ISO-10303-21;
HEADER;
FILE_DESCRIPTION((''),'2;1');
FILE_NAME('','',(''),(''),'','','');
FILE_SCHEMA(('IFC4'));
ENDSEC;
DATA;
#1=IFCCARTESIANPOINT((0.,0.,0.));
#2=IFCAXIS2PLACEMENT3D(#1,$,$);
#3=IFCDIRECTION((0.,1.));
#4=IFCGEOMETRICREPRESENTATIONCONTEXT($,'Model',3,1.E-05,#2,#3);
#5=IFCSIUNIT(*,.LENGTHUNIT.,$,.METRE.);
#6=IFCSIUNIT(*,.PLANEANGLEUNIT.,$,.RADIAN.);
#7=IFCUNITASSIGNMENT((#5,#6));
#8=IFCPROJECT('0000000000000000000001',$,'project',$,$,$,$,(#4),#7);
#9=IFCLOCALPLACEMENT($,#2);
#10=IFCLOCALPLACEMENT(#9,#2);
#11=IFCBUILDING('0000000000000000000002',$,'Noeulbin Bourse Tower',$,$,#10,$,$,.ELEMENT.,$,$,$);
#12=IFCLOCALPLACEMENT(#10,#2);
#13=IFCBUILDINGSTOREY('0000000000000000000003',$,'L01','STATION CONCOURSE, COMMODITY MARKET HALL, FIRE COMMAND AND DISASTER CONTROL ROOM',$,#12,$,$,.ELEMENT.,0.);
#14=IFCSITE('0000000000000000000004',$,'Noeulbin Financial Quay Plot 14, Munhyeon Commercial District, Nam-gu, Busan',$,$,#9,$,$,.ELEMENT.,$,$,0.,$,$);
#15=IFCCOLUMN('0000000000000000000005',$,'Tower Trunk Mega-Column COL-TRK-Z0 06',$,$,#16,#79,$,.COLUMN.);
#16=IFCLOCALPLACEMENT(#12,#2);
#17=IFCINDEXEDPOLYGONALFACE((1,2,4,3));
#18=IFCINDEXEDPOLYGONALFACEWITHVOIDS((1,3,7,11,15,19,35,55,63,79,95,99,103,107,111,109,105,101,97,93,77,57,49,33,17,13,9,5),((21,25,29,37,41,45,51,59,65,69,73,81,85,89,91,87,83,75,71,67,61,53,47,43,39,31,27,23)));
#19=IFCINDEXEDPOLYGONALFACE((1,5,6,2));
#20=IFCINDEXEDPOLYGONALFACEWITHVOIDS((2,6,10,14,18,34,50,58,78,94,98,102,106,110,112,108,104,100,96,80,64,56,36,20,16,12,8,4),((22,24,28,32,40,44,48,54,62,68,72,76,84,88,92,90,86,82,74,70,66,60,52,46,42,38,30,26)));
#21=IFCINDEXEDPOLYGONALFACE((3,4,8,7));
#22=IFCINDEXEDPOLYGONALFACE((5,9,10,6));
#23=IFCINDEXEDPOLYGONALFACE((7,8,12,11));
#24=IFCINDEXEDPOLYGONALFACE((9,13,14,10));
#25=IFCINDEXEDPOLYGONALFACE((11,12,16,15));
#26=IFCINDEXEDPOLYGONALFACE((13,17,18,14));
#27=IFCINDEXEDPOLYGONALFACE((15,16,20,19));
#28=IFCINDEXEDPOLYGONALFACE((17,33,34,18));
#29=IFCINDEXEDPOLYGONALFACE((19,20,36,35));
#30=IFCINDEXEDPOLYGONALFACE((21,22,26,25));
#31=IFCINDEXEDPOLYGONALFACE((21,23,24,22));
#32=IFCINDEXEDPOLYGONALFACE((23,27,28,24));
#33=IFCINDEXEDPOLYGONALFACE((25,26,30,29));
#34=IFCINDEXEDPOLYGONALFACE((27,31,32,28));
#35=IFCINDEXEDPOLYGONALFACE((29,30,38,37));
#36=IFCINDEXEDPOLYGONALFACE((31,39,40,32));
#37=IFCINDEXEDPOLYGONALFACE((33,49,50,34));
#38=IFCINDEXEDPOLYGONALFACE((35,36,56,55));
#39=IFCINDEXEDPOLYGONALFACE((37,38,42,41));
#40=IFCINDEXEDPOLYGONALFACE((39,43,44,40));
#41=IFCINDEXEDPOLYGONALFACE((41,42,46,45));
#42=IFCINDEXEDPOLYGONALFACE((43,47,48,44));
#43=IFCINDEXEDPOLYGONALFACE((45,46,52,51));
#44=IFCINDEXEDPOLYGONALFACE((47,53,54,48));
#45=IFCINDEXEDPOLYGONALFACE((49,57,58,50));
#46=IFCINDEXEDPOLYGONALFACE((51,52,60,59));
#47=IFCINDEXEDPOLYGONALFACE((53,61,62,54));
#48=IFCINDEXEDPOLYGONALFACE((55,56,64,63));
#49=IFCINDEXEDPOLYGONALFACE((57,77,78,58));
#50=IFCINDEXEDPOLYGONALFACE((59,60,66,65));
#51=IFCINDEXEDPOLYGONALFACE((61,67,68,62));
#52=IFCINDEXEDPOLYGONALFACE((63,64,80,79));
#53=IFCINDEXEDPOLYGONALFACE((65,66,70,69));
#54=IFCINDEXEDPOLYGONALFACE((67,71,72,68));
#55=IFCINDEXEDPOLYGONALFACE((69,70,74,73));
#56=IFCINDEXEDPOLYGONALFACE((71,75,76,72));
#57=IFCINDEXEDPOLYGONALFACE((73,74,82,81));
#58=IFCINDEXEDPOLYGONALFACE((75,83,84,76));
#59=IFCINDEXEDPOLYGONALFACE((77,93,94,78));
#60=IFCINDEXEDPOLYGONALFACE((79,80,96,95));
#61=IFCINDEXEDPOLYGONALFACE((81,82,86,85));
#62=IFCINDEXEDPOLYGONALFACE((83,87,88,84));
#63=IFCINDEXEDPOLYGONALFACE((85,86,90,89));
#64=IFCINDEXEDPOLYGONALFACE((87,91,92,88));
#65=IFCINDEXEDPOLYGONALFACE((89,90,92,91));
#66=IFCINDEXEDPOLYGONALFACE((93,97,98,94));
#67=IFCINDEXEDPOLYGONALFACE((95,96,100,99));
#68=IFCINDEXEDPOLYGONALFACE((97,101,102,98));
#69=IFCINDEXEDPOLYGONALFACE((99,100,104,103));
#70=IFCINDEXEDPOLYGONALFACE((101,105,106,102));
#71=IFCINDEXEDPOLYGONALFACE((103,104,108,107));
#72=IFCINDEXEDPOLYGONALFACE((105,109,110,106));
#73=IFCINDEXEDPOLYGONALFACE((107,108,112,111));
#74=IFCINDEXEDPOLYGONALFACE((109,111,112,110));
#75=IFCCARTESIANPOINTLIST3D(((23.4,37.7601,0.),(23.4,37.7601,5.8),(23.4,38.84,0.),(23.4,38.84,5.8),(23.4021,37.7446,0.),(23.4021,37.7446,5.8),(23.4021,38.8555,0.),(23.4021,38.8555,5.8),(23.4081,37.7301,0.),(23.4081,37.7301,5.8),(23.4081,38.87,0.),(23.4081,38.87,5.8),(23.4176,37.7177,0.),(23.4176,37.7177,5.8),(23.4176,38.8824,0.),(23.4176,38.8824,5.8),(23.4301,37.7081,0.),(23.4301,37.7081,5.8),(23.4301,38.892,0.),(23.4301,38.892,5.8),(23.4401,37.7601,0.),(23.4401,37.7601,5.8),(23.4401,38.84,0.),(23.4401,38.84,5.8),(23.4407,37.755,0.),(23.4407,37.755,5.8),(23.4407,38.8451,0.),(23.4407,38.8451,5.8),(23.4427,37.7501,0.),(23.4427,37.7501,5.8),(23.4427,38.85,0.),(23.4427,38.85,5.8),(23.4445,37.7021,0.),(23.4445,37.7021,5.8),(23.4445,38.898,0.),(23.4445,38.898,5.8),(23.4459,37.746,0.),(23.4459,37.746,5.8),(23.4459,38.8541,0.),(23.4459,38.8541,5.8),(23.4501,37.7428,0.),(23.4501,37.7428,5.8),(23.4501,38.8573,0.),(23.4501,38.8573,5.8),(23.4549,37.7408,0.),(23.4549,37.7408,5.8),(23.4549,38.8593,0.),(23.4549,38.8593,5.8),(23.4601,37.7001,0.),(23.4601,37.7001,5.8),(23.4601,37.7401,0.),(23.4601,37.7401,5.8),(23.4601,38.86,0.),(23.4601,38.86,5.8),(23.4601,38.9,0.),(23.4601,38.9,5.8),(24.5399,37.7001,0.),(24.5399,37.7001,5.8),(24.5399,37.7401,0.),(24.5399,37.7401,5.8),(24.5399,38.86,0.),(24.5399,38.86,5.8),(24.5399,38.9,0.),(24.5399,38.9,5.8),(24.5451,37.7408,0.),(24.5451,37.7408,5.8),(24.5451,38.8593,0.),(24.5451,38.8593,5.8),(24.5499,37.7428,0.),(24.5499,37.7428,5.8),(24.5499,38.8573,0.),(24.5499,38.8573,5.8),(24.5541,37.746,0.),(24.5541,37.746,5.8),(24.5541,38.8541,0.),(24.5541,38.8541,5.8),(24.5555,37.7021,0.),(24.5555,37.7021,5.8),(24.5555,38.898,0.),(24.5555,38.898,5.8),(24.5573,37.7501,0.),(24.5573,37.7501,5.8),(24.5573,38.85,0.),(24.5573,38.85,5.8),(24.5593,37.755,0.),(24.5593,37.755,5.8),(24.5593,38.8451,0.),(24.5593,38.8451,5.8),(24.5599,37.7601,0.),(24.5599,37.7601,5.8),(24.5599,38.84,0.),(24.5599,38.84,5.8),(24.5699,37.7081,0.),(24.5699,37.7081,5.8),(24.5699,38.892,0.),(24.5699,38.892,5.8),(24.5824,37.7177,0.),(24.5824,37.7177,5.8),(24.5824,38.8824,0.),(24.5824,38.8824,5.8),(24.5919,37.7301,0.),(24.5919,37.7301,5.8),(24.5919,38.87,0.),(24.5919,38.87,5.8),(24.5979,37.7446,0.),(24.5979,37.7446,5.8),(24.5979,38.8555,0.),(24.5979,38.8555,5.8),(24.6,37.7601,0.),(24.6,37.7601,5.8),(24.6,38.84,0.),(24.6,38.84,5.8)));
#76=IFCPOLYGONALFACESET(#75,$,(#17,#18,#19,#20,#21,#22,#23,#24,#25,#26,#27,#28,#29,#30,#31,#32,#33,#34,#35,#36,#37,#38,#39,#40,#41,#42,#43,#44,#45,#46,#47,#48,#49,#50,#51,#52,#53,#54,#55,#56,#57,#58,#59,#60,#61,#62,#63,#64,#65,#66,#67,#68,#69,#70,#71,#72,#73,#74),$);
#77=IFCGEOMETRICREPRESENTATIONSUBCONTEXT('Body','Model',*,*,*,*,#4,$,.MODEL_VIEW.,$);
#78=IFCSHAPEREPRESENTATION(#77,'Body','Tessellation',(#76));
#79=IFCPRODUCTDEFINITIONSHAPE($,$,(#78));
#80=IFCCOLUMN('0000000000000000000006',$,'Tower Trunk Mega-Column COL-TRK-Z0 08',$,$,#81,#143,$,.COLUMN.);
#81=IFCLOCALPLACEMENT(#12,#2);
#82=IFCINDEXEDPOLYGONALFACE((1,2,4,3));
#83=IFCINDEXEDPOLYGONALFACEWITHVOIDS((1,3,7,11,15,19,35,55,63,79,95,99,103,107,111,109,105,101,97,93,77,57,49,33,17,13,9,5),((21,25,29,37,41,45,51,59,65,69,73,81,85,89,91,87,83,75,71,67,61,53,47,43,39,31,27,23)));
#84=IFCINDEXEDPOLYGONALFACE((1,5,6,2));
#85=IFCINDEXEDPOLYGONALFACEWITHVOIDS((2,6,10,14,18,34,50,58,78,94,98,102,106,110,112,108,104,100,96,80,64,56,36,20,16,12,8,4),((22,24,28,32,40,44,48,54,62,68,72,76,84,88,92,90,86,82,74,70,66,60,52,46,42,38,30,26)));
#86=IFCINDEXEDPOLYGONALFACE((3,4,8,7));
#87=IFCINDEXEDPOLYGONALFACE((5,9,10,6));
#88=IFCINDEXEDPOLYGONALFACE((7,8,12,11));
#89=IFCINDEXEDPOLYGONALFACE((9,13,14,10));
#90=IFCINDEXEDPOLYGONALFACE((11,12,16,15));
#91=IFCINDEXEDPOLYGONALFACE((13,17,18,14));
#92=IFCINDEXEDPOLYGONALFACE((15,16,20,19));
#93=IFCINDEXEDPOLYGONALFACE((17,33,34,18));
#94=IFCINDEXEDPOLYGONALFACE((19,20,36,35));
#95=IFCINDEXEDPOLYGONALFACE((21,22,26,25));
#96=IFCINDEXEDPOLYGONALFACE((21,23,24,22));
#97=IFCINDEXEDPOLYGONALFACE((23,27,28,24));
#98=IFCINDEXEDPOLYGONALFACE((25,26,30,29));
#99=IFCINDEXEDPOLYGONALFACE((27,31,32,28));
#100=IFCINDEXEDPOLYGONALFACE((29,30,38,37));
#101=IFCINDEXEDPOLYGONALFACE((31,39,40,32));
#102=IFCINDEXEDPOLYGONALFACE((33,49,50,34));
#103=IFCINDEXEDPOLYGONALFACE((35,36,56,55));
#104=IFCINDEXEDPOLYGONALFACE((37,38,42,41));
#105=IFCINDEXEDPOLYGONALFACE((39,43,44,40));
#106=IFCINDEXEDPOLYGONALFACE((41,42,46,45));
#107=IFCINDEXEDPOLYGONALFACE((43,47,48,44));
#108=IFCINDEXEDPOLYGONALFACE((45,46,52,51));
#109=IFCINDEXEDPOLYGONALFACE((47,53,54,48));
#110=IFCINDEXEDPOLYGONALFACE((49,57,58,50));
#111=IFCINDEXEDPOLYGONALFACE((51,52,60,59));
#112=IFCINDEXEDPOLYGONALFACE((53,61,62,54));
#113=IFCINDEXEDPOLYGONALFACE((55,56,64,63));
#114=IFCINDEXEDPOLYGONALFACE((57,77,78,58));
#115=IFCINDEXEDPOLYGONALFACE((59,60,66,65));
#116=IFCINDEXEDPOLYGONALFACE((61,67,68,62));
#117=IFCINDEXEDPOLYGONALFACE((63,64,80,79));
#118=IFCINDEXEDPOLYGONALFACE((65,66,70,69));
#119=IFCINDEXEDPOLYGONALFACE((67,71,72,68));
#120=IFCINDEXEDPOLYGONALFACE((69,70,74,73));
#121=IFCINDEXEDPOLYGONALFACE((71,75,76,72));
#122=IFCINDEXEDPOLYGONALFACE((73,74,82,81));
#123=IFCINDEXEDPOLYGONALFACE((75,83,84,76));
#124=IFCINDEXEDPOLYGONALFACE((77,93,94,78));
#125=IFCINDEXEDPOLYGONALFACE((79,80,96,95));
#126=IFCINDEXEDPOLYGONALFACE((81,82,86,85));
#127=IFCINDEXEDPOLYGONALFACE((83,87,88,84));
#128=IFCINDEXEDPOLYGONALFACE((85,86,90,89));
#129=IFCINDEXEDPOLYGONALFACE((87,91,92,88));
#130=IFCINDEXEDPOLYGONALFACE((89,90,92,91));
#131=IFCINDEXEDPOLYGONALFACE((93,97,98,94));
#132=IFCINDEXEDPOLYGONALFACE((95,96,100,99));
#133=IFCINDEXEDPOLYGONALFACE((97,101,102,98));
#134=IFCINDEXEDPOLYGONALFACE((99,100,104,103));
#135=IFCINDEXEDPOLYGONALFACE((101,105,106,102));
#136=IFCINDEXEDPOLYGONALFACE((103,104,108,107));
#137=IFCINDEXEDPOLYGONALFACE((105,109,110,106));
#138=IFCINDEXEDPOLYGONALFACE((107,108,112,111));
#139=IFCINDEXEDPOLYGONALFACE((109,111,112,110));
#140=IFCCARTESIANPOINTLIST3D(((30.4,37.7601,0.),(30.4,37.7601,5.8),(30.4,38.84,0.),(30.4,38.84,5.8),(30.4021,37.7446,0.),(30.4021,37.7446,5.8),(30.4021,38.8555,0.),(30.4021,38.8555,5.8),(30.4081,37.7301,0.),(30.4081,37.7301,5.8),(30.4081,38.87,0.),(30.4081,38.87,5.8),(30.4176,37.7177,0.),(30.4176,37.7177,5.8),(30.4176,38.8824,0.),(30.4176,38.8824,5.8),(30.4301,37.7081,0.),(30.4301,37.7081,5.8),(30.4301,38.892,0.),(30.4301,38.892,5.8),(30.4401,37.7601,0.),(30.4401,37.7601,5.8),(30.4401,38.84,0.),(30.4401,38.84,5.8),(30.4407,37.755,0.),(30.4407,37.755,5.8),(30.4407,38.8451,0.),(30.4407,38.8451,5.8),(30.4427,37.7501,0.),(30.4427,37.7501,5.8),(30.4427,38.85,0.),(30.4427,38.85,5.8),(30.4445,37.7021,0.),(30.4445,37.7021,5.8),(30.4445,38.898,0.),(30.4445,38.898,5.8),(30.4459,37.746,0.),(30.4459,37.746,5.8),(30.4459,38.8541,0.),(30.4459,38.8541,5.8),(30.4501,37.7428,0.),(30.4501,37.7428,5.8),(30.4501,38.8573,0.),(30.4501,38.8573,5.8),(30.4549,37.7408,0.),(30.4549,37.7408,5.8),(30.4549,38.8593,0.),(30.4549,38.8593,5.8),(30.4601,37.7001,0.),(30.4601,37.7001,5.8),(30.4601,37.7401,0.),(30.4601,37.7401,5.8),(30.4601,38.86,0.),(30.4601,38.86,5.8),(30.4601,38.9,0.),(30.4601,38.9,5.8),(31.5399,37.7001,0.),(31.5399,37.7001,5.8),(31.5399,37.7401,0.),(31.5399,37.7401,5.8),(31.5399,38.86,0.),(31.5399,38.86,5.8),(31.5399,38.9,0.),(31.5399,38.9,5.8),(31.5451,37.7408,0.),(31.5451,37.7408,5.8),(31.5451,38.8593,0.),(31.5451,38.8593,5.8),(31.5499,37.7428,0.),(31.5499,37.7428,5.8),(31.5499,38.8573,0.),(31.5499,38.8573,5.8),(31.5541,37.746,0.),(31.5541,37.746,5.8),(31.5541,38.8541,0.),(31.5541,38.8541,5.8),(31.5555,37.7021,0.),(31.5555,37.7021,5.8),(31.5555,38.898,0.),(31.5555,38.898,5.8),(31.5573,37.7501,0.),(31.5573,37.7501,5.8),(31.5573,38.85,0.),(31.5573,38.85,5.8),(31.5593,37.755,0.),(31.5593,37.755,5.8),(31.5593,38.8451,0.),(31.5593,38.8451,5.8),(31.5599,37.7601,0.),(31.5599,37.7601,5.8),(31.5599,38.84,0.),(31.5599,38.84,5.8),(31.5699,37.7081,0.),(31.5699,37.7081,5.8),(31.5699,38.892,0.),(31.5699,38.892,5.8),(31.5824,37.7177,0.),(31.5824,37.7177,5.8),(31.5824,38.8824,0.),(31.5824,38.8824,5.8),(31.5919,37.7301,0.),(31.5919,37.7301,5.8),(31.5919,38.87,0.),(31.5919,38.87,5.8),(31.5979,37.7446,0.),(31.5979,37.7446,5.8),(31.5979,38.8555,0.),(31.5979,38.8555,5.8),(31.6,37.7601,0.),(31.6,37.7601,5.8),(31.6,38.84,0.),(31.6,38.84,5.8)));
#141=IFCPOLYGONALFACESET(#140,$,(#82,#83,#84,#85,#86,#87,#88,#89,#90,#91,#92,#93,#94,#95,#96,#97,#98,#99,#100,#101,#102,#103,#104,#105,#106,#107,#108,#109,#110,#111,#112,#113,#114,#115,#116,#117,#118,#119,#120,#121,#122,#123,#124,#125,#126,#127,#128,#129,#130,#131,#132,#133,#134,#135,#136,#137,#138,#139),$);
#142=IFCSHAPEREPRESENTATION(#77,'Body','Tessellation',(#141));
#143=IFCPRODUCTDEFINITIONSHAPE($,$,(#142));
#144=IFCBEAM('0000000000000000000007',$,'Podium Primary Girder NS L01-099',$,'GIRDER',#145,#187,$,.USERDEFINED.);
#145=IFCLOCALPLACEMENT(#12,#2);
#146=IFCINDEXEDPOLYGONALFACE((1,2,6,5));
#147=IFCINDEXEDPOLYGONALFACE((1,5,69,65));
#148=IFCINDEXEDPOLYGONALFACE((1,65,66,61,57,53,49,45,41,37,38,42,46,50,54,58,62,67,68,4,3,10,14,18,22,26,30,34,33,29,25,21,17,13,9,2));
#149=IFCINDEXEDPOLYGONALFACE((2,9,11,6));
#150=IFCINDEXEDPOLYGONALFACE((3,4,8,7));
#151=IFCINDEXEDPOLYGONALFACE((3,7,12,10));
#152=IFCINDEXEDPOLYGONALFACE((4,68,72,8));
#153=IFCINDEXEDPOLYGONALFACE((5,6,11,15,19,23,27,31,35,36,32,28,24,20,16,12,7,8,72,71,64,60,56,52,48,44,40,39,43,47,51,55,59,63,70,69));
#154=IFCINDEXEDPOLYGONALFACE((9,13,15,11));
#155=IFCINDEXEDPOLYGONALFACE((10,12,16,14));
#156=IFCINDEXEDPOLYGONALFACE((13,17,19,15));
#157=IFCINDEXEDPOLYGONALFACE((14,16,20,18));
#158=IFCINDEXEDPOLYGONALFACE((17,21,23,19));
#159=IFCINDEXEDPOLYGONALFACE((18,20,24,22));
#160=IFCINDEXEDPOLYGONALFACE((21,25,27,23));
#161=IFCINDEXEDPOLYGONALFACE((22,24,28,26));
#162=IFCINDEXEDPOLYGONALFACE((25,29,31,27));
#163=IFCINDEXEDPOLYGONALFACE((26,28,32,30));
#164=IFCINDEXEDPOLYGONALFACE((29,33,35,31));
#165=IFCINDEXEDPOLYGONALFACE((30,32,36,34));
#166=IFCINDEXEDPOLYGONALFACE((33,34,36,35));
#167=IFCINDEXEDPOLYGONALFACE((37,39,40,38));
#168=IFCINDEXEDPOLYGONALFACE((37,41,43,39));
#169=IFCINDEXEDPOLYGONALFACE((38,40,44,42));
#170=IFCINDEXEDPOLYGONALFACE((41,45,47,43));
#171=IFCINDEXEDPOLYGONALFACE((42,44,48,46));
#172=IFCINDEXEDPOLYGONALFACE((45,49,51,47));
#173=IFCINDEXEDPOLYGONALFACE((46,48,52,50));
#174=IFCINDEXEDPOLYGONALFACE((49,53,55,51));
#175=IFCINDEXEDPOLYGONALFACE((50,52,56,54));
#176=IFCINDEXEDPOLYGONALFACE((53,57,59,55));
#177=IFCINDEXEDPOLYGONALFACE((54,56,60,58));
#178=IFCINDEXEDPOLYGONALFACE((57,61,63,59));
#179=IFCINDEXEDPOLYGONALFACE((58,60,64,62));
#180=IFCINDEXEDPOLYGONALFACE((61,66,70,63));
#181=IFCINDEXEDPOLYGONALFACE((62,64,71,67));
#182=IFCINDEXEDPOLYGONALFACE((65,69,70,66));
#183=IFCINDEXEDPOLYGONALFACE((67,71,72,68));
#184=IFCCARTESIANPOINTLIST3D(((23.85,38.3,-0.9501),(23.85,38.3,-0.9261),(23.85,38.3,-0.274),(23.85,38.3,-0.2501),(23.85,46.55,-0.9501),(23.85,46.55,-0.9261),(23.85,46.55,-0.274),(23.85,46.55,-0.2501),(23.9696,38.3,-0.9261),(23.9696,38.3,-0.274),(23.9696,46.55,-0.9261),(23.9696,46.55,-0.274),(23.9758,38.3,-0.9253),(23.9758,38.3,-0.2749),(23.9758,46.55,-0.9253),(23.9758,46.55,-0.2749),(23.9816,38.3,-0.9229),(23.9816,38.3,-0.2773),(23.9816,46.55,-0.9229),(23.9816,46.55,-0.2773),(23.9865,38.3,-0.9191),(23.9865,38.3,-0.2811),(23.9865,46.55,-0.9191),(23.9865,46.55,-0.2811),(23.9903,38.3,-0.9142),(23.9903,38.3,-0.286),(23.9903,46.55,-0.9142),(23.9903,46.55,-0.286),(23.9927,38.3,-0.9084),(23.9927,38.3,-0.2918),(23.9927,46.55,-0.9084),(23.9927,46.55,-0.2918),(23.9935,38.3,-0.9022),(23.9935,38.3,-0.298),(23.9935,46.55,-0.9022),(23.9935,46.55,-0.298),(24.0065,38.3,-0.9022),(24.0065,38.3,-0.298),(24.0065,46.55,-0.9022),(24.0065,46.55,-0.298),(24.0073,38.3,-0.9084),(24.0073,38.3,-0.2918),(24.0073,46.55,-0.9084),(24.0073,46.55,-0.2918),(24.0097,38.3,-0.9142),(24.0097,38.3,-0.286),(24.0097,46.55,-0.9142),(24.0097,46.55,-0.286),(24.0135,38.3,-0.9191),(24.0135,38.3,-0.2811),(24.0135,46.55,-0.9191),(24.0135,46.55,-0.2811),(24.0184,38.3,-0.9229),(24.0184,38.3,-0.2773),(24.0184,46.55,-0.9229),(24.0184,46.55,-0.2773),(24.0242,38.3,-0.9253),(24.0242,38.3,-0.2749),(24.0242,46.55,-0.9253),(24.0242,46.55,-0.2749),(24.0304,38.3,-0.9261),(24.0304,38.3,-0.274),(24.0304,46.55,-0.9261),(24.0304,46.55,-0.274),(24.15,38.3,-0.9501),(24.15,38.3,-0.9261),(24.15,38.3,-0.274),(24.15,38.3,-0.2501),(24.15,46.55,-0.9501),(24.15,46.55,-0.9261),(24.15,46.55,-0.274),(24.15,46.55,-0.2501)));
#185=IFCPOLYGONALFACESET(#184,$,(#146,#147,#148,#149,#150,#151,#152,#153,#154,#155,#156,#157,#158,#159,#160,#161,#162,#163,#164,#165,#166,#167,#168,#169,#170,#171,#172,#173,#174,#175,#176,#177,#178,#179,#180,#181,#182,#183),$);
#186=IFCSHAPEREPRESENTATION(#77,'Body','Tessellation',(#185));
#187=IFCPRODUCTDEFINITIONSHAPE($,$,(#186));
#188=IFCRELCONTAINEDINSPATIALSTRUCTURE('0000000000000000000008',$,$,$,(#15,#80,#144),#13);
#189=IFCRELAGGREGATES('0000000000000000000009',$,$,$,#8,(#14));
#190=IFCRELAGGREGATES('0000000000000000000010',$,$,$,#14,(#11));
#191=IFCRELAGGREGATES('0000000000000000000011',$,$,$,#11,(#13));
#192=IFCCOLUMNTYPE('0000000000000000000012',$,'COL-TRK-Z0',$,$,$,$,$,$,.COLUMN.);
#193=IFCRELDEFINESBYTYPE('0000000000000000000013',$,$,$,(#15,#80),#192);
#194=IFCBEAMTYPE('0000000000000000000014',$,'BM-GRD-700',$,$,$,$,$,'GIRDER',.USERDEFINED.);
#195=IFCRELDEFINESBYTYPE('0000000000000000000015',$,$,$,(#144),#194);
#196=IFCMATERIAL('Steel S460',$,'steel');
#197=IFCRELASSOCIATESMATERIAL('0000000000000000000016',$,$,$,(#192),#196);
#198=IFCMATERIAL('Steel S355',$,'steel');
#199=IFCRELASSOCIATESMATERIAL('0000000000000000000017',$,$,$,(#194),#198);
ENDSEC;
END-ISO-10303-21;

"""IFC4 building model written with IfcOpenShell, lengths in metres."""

from ifc_helpers import new_model, si_unit, direction, frame, origin, origin_2d, place, context, subcontext, project, spatial, hollow_rectangle, i_section, extrude, material, material_profile, profile_set, type_object, element, save


model = new_model("IFC4")

# Units and contexts
model_context = context("Model", 3, precision=1e-05, world=origin(), true_north=direction((0.0, 1.0)))
body_context = subcontext(model_context, "Body", "Model", "MODEL_VIEW")
ifc_project = project(units=[si_unit("LENGTHUNIT", "METRE"), si_unit("PLANEANGLEUNIT", "RADIAN")], contexts=[model_context])

# Site, building, storey
site_placement = place(None, origin())
site = spatial("IfcSite", under=ifc_project, at=site_placement, Name="Noeulbin Financial Quay Plot 14, Munhyeon Commercial District, Nam-gu, Busan", CompositionType="ELEMENT", RefElevation=0.0)
building_placement = place(site_placement, origin())
building = spatial("IfcBuilding", under=site, at=building_placement, Name="Noeulbin Bourse Tower", CompositionType="ELEMENT")
storey_placement = place(building_placement, origin())
storey = spatial("IfcBuildingStorey", under=building, at=storey_placement, Name="L01", Description="STATION CONCOURSE, COMMODITY MARKET HALL, FIRE COMMAND AND DISASTER CONTROL ROOM", CompositionType="ELEMENT", Elevation=0.0)

# Columns
ifc_material_1 = material(Name="Steel S460", Category="steel")
ifc_material_profile_1 = material_profile(ifc_material_1, hollow_rectangle(XDim=1.2, YDim=1.2, WallThickness=0.04, InnerFilletRadius=0.02, OuterFilletRadius=0.0601, at=origin_2d()), Name="BOX-1200x1200x40", Category="LoadBearing")
ifc_profile_set_1 = profile_set([ifc_material_profile_1], Name="Steel S460")
column_type = type_object("IfcColumnType", Name="COL-TRK-Z0", PredefinedType="COLUMN", material=ifc_profile_set_1)
for number, where, z_axis, x_axis, name in (
    (1, (24.0, 38.3, 0.0), (0.0, 0.0, 1.0), (1.0, 0.0, 0.0), "Tower Trunk Mega-Column COL-TRK-Z0 06"),
    (2, (31.0, 38.3, 0.0), (0.0, 0.0, 1.0), (1.0, 0.0, 0.0), "Tower Trunk Mega-Column COL-TRK-Z0 08"),
):
    element("IfcColumn", number, at=place(storey_placement, frame(where, z_axis=z_axis, x_axis=x_axis)), inside=storey, type_object=column_type, Name=name, PredefinedType="COLUMN", context=body_context, shape_type="SweptSolid", body=[
        extrude(hollow_rectangle(XDim=1.2, YDim=1.2, WallThickness=0.04, InnerFilletRadius=0.02, OuterFilletRadius=0.0601, at=origin_2d()), origin(), (0.0, 0.0, 1.0), 5.8),
    ])

# Beam
ifc_material_2 = material(Name="Steel S355", Category="steel")
ifc_material_profile_2 = material_profile(ifc_material_2, i_section(OverallWidth=0.3, OverallDepth=0.7, WebThickness=0.0129, FlangeThickness=0.0239, FilletRadius=0.0239, at=origin_2d()), Name="H-700x300x13x24", Category="LoadBearing")
ifc_profile_set_2 = profile_set([ifc_material_profile_2], Name="Steel S355")
beam_type_1 = type_object("IfcBeamType", Name="BM-GRD-700", ElementType="GIRDER", PredefinedType="USERDEFINED", material=ifc_profile_set_2)
beam_1_placement = place(storey_placement, frame((24.0, 38.3, -0.6001), z_axis=(0.0, 1.0, 0.0), x_axis=(-1.0, 0.0, 0.0)))
element("IfcBeam", 3, at=beam_1_placement, inside=storey, type_object=beam_type_1, Name="Podium Primary Girder NS L01-099", ObjectType="GIRDER", PredefinedType="USERDEFINED", context=body_context, shape_type="SweptSolid", body=[
    extrude(i_section(OverallWidth=0.3, OverallDepth=0.7, WebThickness=0.0129, FlangeThickness=0.0239, FilletRadius=0.0239, at=origin_2d()), origin(), (0.0, 0.0, 1.0), 8.25),
])

save(model, "model.ifc")
